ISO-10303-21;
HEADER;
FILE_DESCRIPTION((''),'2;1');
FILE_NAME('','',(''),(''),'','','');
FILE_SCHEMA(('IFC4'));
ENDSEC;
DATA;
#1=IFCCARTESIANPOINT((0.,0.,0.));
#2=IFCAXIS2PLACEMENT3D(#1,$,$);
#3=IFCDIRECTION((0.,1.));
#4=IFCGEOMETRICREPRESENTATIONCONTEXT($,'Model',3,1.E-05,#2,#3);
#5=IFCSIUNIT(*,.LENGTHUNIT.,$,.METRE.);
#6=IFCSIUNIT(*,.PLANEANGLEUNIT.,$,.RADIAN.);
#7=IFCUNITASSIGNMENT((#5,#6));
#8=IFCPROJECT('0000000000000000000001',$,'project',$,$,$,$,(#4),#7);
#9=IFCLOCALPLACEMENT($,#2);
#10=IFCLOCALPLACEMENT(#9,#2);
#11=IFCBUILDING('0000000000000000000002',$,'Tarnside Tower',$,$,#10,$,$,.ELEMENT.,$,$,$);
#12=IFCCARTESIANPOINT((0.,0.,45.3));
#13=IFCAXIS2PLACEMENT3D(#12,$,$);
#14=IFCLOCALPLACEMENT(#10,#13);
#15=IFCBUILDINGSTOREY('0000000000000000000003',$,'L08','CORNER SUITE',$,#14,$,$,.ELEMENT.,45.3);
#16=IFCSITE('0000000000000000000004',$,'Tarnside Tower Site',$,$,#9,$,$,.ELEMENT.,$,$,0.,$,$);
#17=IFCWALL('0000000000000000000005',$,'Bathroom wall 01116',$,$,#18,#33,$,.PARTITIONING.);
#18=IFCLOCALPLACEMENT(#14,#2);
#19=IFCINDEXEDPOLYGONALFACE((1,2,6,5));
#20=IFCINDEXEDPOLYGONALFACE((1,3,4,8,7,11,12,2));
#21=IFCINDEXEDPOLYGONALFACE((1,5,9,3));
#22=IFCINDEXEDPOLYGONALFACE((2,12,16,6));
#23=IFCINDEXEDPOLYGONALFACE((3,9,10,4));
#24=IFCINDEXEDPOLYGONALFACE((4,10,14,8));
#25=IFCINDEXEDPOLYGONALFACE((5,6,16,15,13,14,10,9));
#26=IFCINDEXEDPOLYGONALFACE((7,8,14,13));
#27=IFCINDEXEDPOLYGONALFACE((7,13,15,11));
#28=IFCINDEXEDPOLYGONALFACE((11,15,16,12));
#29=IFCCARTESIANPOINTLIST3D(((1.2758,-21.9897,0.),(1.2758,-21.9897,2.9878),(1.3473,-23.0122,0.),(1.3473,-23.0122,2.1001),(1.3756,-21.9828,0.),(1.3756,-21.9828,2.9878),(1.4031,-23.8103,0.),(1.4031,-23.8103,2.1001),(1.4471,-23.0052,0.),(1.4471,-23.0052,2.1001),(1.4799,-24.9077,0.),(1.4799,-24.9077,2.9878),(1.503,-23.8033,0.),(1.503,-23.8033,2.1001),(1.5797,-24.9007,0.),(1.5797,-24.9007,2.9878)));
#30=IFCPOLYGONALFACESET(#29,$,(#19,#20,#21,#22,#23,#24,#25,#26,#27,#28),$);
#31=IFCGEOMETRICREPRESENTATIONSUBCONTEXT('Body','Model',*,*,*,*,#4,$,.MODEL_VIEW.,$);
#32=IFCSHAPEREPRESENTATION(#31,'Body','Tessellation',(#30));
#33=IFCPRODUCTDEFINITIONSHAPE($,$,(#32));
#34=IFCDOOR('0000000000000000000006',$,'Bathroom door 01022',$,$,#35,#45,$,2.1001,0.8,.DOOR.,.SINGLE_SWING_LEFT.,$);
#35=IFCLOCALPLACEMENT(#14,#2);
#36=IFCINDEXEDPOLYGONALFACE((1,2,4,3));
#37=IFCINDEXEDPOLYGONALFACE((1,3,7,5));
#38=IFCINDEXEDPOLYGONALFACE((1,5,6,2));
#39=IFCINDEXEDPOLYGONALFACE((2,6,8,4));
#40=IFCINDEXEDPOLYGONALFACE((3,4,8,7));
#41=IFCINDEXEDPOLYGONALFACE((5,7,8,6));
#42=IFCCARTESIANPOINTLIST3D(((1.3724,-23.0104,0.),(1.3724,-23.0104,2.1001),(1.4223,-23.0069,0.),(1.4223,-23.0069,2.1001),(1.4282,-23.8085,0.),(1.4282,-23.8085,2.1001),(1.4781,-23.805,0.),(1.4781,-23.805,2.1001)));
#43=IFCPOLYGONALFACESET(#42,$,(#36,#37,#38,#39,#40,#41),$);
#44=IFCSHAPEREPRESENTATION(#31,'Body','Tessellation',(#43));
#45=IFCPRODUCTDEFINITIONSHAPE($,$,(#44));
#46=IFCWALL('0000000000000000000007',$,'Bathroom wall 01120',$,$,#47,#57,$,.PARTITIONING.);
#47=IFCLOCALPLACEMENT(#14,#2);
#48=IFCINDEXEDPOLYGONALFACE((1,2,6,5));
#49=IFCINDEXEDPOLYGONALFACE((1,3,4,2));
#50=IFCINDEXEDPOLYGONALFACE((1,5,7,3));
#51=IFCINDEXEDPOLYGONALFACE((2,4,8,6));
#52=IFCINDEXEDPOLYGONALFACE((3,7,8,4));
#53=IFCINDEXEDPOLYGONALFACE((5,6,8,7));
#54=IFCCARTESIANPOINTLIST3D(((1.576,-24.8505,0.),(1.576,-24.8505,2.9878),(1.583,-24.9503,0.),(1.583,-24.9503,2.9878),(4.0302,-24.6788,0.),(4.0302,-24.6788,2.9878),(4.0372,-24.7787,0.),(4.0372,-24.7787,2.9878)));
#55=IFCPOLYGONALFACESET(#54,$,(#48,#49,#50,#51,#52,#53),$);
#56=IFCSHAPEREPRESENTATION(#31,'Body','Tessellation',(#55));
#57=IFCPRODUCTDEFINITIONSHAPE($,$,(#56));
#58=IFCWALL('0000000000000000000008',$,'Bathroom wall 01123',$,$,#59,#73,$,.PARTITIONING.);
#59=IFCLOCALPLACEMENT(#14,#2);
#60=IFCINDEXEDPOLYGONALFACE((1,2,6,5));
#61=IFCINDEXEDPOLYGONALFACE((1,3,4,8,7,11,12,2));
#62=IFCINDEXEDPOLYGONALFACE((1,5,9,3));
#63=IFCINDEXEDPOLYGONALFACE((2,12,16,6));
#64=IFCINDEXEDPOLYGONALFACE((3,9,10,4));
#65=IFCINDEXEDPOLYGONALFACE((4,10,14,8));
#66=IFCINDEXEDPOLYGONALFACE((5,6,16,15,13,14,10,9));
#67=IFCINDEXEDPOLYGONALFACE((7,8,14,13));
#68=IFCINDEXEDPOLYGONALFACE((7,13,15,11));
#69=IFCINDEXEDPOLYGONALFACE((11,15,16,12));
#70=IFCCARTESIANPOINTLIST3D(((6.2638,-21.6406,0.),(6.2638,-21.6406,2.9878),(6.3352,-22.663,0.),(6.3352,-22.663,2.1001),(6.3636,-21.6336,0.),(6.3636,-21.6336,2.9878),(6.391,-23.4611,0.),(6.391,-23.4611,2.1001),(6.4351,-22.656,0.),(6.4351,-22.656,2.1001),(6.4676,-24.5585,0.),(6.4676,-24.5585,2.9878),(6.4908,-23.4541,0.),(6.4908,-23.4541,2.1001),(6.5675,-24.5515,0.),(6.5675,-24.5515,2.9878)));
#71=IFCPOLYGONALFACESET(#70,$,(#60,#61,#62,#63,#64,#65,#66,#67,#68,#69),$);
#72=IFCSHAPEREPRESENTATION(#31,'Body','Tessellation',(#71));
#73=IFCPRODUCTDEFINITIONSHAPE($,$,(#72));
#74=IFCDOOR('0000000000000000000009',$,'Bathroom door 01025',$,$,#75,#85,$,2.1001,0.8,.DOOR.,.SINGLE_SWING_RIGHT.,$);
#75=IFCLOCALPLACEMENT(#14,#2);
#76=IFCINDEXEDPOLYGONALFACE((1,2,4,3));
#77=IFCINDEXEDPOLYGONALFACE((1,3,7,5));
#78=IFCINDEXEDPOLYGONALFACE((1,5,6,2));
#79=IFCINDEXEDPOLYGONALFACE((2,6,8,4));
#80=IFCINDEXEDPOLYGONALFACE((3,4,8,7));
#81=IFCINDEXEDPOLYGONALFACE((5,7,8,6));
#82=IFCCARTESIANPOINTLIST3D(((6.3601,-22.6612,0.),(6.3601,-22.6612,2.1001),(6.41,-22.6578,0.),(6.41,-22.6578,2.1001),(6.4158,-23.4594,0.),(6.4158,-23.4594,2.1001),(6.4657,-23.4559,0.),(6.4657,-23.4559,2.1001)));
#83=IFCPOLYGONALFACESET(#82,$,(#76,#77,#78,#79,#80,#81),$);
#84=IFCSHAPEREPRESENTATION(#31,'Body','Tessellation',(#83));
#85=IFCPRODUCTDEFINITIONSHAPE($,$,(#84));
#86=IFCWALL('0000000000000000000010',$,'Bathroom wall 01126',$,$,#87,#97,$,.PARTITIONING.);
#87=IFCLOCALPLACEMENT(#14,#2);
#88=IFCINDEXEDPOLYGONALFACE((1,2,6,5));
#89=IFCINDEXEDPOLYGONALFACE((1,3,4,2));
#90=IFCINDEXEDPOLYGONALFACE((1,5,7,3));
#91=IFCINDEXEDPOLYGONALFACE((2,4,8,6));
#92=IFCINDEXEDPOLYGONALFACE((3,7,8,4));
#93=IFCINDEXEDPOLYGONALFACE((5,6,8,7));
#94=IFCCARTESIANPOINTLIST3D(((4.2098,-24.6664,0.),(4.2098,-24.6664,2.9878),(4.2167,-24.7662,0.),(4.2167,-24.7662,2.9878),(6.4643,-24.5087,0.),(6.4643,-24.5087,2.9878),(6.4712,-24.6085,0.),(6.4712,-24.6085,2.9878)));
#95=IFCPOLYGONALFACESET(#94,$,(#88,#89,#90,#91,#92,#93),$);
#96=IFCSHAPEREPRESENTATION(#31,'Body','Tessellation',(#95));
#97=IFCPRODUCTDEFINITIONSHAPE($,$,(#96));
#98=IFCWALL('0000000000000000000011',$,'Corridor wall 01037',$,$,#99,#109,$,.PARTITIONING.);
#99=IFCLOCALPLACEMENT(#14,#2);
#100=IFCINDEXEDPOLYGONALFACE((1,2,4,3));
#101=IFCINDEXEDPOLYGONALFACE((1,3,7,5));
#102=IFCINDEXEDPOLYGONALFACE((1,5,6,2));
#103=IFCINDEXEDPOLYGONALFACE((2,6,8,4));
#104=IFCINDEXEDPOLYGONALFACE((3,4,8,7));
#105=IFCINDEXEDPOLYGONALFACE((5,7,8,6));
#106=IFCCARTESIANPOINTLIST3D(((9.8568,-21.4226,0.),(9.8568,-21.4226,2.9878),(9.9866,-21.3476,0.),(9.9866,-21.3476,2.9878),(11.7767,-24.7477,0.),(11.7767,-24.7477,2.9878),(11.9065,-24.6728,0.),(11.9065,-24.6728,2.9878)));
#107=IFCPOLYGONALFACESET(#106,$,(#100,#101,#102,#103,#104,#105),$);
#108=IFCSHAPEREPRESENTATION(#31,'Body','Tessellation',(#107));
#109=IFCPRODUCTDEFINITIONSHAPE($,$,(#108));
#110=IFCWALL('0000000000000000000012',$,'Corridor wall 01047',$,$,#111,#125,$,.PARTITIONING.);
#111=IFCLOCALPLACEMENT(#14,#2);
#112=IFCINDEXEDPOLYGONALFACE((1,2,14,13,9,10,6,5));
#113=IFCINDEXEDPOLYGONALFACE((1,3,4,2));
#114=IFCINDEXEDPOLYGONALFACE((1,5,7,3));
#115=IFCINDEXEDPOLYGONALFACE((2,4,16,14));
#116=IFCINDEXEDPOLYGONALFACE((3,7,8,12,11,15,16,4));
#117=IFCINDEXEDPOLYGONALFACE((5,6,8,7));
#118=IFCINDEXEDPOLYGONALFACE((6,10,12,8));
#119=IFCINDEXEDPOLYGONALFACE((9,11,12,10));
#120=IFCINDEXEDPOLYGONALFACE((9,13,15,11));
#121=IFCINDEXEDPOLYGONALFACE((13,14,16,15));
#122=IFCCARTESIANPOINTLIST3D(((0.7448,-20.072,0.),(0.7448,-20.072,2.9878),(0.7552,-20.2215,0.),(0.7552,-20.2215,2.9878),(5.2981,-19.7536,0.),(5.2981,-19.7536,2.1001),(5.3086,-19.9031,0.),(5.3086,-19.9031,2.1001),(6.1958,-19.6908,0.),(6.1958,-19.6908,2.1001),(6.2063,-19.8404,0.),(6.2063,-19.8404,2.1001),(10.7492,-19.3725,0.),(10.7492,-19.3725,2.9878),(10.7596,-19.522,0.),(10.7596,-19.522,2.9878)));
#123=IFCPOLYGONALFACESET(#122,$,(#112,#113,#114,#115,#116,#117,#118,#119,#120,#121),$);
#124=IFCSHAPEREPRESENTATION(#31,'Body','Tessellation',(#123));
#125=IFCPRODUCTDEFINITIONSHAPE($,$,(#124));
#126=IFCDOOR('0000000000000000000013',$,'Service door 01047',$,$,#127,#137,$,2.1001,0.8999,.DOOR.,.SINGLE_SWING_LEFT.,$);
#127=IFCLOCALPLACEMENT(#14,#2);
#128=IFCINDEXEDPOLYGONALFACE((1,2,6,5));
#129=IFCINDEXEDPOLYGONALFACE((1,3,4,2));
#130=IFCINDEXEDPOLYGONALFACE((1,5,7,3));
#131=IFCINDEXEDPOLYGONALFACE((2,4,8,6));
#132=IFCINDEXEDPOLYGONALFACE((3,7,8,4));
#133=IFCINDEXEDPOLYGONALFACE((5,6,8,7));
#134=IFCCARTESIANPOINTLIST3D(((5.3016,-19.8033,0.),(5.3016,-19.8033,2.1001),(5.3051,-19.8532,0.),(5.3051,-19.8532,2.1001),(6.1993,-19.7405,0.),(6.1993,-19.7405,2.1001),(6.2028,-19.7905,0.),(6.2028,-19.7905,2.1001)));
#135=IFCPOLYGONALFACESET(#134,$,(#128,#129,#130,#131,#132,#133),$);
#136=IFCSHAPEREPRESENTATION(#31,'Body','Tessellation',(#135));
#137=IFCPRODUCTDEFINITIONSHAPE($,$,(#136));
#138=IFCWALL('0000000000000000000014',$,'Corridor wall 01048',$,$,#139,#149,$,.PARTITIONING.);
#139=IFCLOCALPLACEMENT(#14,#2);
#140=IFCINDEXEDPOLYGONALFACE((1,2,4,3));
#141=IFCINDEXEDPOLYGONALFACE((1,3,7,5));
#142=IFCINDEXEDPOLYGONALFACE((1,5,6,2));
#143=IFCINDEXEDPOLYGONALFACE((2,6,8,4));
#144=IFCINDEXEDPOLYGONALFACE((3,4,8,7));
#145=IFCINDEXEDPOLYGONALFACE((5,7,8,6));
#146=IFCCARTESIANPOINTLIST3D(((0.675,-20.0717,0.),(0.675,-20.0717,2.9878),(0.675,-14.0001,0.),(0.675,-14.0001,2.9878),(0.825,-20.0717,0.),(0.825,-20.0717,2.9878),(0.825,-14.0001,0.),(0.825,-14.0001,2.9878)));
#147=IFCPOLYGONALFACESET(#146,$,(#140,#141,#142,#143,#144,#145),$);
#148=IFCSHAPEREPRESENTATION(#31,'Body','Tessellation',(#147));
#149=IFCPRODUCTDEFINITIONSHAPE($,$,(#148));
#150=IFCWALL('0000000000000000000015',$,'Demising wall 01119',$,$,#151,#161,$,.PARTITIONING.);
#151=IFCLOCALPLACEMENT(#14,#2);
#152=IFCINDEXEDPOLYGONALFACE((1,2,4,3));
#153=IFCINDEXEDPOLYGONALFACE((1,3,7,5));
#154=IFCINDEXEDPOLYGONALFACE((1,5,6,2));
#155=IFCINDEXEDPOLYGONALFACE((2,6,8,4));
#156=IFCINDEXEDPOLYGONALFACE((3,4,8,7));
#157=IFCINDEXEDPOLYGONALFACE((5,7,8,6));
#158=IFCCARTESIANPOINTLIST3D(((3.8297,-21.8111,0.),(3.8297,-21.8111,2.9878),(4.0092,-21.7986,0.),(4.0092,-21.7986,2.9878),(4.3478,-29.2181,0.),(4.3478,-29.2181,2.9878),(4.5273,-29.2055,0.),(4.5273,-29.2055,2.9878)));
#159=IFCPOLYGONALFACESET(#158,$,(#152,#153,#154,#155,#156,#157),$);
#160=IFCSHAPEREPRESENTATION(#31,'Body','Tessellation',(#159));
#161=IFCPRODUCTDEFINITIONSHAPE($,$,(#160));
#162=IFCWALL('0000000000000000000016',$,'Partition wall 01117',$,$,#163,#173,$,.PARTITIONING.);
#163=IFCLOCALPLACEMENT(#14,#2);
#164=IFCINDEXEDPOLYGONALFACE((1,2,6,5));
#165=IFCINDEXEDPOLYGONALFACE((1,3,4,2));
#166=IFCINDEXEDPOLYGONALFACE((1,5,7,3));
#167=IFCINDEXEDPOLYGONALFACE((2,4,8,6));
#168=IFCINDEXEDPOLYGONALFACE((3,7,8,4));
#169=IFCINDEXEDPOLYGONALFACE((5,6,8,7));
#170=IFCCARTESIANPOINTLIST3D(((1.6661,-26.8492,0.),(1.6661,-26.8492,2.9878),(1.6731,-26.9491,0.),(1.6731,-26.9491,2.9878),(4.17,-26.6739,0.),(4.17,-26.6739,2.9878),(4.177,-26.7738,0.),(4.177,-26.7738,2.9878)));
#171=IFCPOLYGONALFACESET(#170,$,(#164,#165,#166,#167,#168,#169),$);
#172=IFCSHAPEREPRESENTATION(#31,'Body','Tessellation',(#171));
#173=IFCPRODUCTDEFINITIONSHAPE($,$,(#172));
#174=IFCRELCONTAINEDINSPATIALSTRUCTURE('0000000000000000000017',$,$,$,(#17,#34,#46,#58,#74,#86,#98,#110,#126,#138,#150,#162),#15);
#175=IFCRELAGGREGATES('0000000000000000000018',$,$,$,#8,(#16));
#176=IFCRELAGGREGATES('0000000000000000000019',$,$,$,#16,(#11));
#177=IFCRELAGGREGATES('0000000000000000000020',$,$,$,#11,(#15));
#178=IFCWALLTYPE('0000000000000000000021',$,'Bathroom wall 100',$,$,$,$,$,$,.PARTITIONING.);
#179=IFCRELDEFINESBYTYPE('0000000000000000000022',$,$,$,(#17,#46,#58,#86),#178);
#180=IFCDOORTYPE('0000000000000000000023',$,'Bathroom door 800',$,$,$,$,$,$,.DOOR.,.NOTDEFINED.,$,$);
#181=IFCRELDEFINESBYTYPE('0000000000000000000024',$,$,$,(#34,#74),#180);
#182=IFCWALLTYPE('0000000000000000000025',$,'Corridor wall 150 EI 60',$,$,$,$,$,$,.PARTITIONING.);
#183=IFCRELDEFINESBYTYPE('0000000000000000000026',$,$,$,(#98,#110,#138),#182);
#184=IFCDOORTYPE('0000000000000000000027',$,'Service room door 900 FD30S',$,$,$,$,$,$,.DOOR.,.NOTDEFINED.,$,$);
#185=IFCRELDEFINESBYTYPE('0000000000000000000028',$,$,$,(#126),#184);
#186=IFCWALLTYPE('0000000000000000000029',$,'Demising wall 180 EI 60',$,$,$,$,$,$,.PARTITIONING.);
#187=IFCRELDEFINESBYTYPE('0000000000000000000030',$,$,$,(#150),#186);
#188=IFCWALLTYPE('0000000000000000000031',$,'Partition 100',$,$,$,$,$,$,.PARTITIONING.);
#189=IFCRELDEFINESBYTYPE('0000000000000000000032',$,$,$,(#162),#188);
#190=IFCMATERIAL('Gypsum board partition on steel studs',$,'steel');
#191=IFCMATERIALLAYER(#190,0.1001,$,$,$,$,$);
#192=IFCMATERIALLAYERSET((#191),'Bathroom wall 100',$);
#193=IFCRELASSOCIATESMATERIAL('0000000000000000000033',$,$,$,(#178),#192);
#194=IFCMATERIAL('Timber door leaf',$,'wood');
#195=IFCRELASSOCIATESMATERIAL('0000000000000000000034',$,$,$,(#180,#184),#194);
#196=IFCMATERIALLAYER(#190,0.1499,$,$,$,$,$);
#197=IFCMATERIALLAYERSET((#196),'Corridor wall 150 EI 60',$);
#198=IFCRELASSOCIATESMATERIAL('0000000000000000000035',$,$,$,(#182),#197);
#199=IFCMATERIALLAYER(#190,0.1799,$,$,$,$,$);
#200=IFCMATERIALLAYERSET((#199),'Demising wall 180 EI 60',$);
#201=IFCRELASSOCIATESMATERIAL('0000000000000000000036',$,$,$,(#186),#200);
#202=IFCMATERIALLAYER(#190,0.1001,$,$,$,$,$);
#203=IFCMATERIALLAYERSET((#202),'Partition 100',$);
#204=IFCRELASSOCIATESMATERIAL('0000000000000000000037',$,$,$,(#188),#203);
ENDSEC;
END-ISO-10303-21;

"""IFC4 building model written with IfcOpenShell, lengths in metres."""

from ifc_helpers import new_model, si_unit, direction, frame, frame_2d, origin, place, context, subcontext, project, spatial, rectangle, extrude, material, layer, layer_set, type_object, element, fill, save


model = new_model("IFC4")

# Units and contexts
model_context = context("Model", 3, precision=1e-05, world=origin(), true_north=direction((0.0, 1.0)))
body_context = subcontext(model_context, "Body", "Model", "MODEL_VIEW")
ifc_project = project(units=[si_unit("LENGTHUNIT", "METRE"), si_unit("PLANEANGLEUNIT", "RADIAN")], contexts=[model_context])

# Site, building, storey
site_placement = place(None, origin())
site = spatial("IfcSite", under=ifc_project, at=site_placement, Name="Tarnside Tower Site", CompositionType="ELEMENT", RefElevation=0.0)
building_placement = place(site_placement, origin())
building = spatial("IfcBuilding", under=site, at=building_placement, Name="Tarnside Tower", CompositionType="ELEMENT")
storey_placement = place(building_placement, frame((0.0, 0.0, 45.3)))
storey = spatial("IfcBuildingStorey", under=building, at=storey_placement, Name="L08", Description="CORNER SUITE", CompositionType="ELEMENT", Elevation=45.3)

# Wall, opening, door
ifc_material_1 = material(Name="Gypsum board partition on steel studs", Category="steel")
ifc_layer_1 = layer(ifc_material_1, 0.1001)
ifc_layer_set_1 = layer_set([ifc_layer_1], Name="Bathroom wall 100")
wall_type_1 = type_object("IfcWallType", Name="Bathroom wall 100", PredefinedType="PARTITIONING", material=ifc_layer_set_1)
wall_1_placement = place(storey_placement, frame((1.5298, -24.9041, 0.0), z_axis=(0.0, 0.0, 1.0), x_axis=(-0.069776, 0.997563, 0.0)))
wall_1 = element("IfcWall", 1, at=wall_1_placement, inside=storey, type_object=wall_type_1, Name="Bathroom wall 01116", PredefinedType="PARTITIONING", context=body_context, shape_type="SweptSolid", body=[
    extrude(rectangle(XDim=2.925, YDim=0.1001, at=frame_2d((1.4624, 0.0))), origin(), (0.0, 0.0, 1.0), 2.9878),
])
opening_1_placement = place(wall_1_placement, frame((1.1001, 0.0, 0.0)))
opening_1 = element("IfcOpeningElement", 2, at=opening_1_placement, cuts=wall_1, PredefinedType="OPENING", context=body_context, shape_type="SweptSolid", body=[
    extrude(rectangle(XDim=0.8, YDim=2.1001, at=frame_2d((0.3999, 1.05))), frame((0.0, 0.0601, 0.0), z_axis=(0.0, -1.0, 0.0), x_axis=(1.0, 0.0, 0.0)), (0.0, 0.0, 1.0), 0.1201),
])
ifc_material_2 = material(Name="Timber door leaf", Category="wood")
door_type_1 = type_object("IfcDoorType", Name="Bathroom door 800", OperationType="NOTDEFINED", PredefinedType="DOOR", material=ifc_material_2)
door_1_placement = place(opening_1_placement, origin())
door_1 = element("IfcDoor", 3, at=door_1_placement, inside=storey, type_object=door_type_1, Name="Bathroom door 01022", OperationType="SINGLE_SWING_LEFT", OverallHeight=2.1001, OverallWidth=0.8, PredefinedType="DOOR", context=body_context, shape_type="SweptSolid", body=[
    extrude(rectangle(XDim=0.8, YDim=2.1001, at=frame_2d((0.3999, 1.05))), frame((0.0, 0.0249, 0.0), z_axis=(0.0, -1.0, 0.0), x_axis=(1.0, 0.0, 0.0)), (0.0, 0.0, 1.0), 0.05),
])
fill(opening_1, door_1)

# Wall
wall_2_placement = place(storey_placement, frame((1.5796, -24.9004, 0.0), z_axis=(0.0, 0.0, 1.0), x_axis=(0.997563, 0.069766, 0.0)))
element("IfcWall", 4, at=wall_2_placement, inside=storey, type_object=wall_type_1, Name="Bathroom wall 01120", PredefinedType="PARTITIONING", context=body_context, shape_type="SweptSolid", body=[
    extrude(rectangle(XDim=2.4602, YDim=0.1001, at=frame_2d((1.23, 0.0))), origin(), (0.0, 0.0, 1.0), 2.9878),
])

# Wall, opening, door
wall_3_placement = place(storey_placement, frame((6.3137, -21.6372, 0.0), z_axis=(0.0, 0.0, 1.0), x_axis=(0.069693, -0.997568, 0.0)))
wall_3 = element("IfcWall", 5, at=wall_3_placement, inside=storey, type_object=wall_type_1, Name="Bathroom wall 01123", PredefinedType="PARTITIONING", context=body_context, shape_type="SweptSolid", body=[
    extrude(rectangle(XDim=2.925, YDim=0.1001, at=frame_2d((1.4624, 0.0))), origin(), (0.0, 0.0, 1.0), 2.9878),
])
opening_2_placement = place(wall_3_placement, frame((1.0249, 0.0, 0.0)))
opening_2 = element("IfcOpeningElement", 6, at=opening_2_placement, cuts=wall_3, PredefinedType="OPENING", context=body_context, shape_type="SweptSolid", body=[
    extrude(rectangle(XDim=0.8, YDim=2.1001, at=frame_2d((0.3999, 1.05))), frame((0.0, 0.0601, 0.0), z_axis=(0.0, -1.0, 0.0), x_axis=(1.0, 0.0, 0.0)), (0.0, 0.0, 1.0), 0.1201),
])
door_2_placement = place(opening_2_placement, origin())
door_2 = element("IfcDoor", 7, at=door_2_placement, inside=storey, type_object=door_type_1, Name="Bathroom door 01025", OperationType="SINGLE_SWING_RIGHT", OverallHeight=2.1001, OverallWidth=0.8, PredefinedType="DOOR", context=body_context, shape_type="SweptSolid", body=[
    extrude(rectangle(XDim=0.8, YDim=2.1001, at=frame_2d((0.3999, 1.05))), frame((0.0, 0.0249, 0.0), z_axis=(0.0, -1.0, 0.0), x_axis=(1.0, 0.0, 0.0)), (0.0, 0.0, 1.0), 0.05),
])
fill(opening_2, door_2)

# Walls
wall_4_placement = place(storey_placement, frame((4.2134, -24.7163, 0.0), z_axis=(0.0, 0.0, 1.0), x_axis=(0.997562, 0.069788, 0.0)))
element("IfcWall", 8, at=wall_4_placement, inside=storey, type_object=wall_type_1, Name="Bathroom wall 01126", PredefinedType="PARTITIONING", context=body_context, shape_type="SweptSolid", body=[
    extrude(rectangle(XDim=2.26, YDim=0.1001, at=frame_2d((1.1299, 0.0))), origin(), (0.0, 0.0, 1.0), 2.9878),
])
ifc_layer_2 = layer(ifc_material_1, 0.1499)
ifc_layer_set_2 = layer_set([ifc_layer_2], Name="Corridor wall 150 EI 60")
wall_type_2 = type_object("IfcWallType", Name="Corridor wall 150 EI 60", PredefinedType="PARTITIONING", material=ifc_layer_set_2)
wall_5_placement = place(storey_placement, frame((9.9216, -21.385, 0.0), z_axis=(0.0, 0.0, 1.0), x_axis=(0.500023, -0.866012, 0.0)))
element("IfcWall", 9, at=wall_5_placement, inside=storey, type_object=wall_type_2, Name="Corridor wall 01037", PredefinedType="PARTITIONING", context=body_context, shape_type="SweptSolid", body=[
    extrude(rectangle(XDim=3.8396, YDim=0.1499, at=frame_2d((1.9199, 0.0))), origin(), (0.0, 0.0, 1.0), 2.9878),
])

# Wall, opening, door
wall_6_placement = place(storey_placement, frame((10.7544, -19.4473, 0.0), z_axis=(0.0, 0.0, 1.0), x_axis=(-0.997565, -0.069745, 0.0)))
wall_6 = element("IfcWall", 10, at=wall_6_placement, inside=storey, type_object=wall_type_2, Name="Corridor wall 01047", PredefinedType="PARTITIONING", context=body_context, shape_type="SweptSolid", body=[
    extrude(rectangle(XDim=10.0288, YDim=0.1499, at=frame_2d((5.0144, 0.0))), origin(), (0.0, 0.0, 1.0), 2.9878),
])
opening_3_placement = place(wall_6_placement, frame((4.5645, 0.0, 0.0)))
opening_3 = element("IfcOpeningElement", 11, at=opening_3_placement, cuts=wall_6, PredefinedType="OPENING", context=body_context, shape_type="SweptSolid", body=[
    extrude(rectangle(XDim=0.8999, YDim=2.1001, at=frame_2d((0.45, 1.05))), frame((0.0, 0.085, 0.0), z_axis=(0.0, -1.0, 0.0), x_axis=(1.0, 0.0, 0.0)), (0.0, 0.0, 1.0), 0.1699),
])
door_type_2 = type_object("IfcDoorType", Name="Service room door 900 FD30S", OperationType="NOTDEFINED", PredefinedType="DOOR", material=ifc_material_2)
door_3_placement = place(opening_3_placement, origin())
door_3 = element("IfcDoor", 12, at=door_3_placement, inside=storey, type_object=door_type_2, Name="Service door 01047", OperationType="SINGLE_SWING_LEFT", OverallHeight=2.1001, OverallWidth=0.8999, PredefinedType="DOOR", context=body_context, shape_type="SweptSolid", body=[
    extrude(rectangle(XDim=0.8999, YDim=2.1001, at=frame_2d((0.45, 1.05))), frame((0.0, 0.0249, 0.0), z_axis=(0.0, -1.0, 0.0), x_axis=(1.0, 0.0, 0.0)), (0.0, 0.0, 1.0), 0.05),
])
fill(opening_3, door_3)

# Walls
wall_7_placement = place(storey_placement, frame((0.75, -20.0715, 0.0), z_axis=(0.0, 0.0, 1.0), x_axis=(0.0, 1.0, 0.0)))
element("IfcWall", 13, at=wall_7_placement, inside=storey, type_object=wall_type_2, Name="Corridor wall 01048", PredefinedType="PARTITIONING", context=body_context, shape_type="SweptSolid", body=[
    extrude(rectangle(XDim=6.0715, YDim=0.1499, at=frame_2d((3.0356, 0.0))), origin(), (0.0, 0.0, 1.0), 2.9878),
])
ifc_layer_3 = layer(ifc_material_1, 0.1799)
ifc_layer_set_3 = layer_set([ifc_layer_3], Name="Demising wall 180 EI 60")
wall_type_3 = type_object("IfcWallType", Name="Demising wall 180 EI 60", PredefinedType="PARTITIONING", material=ifc_layer_set_3)
wall_8_placement = place(storey_placement, frame((4.4375, -29.2117, 0.0), z_axis=(0.0, 0.0, 1.0), x_axis=(-0.069773, 0.997563, 0.0)))
element("IfcWall", 14, at=wall_8_placement, inside=storey, type_object=wall_type_3, Name="Demising wall 01119", PredefinedType="PARTITIONING", context=body_context, shape_type="SweptSolid", body=[
    extrude(rectangle(XDim=7.425, YDim=0.1799, at=frame_2d((3.7124, 0.0))), origin(), (0.0, 0.0, 1.0), 2.9878),
])
ifc_layer_4 = layer(ifc_material_1, 0.1001)
ifc_layer_set_4 = layer_set([ifc_layer_4], Name="Partition 100")
wall_type_4 = type_object("IfcWallType", Name="Partition 100", PredefinedType="PARTITIONING", material=ifc_layer_set_4)
wall_9_placement = place(storey_placement, frame((4.1733, -26.7239, 0.0), z_axis=(0.0, 0.0, 1.0), x_axis=(-0.997558, -0.069837, 0.0)))
element("IfcWall", 15, at=wall_9_placement, inside=storey, type_object=wall_type_4, Name="Partition wall 01117", PredefinedType="PARTITIONING", context=body_context, shape_type="SweptSolid", body=[
    extrude(rectangle(XDim=2.51, YDim=0.1001, at=frame_2d((1.2549, 0.0))), origin(), (0.0, 0.0, 1.0), 2.9878),
])

save(model, "model.ifc")
